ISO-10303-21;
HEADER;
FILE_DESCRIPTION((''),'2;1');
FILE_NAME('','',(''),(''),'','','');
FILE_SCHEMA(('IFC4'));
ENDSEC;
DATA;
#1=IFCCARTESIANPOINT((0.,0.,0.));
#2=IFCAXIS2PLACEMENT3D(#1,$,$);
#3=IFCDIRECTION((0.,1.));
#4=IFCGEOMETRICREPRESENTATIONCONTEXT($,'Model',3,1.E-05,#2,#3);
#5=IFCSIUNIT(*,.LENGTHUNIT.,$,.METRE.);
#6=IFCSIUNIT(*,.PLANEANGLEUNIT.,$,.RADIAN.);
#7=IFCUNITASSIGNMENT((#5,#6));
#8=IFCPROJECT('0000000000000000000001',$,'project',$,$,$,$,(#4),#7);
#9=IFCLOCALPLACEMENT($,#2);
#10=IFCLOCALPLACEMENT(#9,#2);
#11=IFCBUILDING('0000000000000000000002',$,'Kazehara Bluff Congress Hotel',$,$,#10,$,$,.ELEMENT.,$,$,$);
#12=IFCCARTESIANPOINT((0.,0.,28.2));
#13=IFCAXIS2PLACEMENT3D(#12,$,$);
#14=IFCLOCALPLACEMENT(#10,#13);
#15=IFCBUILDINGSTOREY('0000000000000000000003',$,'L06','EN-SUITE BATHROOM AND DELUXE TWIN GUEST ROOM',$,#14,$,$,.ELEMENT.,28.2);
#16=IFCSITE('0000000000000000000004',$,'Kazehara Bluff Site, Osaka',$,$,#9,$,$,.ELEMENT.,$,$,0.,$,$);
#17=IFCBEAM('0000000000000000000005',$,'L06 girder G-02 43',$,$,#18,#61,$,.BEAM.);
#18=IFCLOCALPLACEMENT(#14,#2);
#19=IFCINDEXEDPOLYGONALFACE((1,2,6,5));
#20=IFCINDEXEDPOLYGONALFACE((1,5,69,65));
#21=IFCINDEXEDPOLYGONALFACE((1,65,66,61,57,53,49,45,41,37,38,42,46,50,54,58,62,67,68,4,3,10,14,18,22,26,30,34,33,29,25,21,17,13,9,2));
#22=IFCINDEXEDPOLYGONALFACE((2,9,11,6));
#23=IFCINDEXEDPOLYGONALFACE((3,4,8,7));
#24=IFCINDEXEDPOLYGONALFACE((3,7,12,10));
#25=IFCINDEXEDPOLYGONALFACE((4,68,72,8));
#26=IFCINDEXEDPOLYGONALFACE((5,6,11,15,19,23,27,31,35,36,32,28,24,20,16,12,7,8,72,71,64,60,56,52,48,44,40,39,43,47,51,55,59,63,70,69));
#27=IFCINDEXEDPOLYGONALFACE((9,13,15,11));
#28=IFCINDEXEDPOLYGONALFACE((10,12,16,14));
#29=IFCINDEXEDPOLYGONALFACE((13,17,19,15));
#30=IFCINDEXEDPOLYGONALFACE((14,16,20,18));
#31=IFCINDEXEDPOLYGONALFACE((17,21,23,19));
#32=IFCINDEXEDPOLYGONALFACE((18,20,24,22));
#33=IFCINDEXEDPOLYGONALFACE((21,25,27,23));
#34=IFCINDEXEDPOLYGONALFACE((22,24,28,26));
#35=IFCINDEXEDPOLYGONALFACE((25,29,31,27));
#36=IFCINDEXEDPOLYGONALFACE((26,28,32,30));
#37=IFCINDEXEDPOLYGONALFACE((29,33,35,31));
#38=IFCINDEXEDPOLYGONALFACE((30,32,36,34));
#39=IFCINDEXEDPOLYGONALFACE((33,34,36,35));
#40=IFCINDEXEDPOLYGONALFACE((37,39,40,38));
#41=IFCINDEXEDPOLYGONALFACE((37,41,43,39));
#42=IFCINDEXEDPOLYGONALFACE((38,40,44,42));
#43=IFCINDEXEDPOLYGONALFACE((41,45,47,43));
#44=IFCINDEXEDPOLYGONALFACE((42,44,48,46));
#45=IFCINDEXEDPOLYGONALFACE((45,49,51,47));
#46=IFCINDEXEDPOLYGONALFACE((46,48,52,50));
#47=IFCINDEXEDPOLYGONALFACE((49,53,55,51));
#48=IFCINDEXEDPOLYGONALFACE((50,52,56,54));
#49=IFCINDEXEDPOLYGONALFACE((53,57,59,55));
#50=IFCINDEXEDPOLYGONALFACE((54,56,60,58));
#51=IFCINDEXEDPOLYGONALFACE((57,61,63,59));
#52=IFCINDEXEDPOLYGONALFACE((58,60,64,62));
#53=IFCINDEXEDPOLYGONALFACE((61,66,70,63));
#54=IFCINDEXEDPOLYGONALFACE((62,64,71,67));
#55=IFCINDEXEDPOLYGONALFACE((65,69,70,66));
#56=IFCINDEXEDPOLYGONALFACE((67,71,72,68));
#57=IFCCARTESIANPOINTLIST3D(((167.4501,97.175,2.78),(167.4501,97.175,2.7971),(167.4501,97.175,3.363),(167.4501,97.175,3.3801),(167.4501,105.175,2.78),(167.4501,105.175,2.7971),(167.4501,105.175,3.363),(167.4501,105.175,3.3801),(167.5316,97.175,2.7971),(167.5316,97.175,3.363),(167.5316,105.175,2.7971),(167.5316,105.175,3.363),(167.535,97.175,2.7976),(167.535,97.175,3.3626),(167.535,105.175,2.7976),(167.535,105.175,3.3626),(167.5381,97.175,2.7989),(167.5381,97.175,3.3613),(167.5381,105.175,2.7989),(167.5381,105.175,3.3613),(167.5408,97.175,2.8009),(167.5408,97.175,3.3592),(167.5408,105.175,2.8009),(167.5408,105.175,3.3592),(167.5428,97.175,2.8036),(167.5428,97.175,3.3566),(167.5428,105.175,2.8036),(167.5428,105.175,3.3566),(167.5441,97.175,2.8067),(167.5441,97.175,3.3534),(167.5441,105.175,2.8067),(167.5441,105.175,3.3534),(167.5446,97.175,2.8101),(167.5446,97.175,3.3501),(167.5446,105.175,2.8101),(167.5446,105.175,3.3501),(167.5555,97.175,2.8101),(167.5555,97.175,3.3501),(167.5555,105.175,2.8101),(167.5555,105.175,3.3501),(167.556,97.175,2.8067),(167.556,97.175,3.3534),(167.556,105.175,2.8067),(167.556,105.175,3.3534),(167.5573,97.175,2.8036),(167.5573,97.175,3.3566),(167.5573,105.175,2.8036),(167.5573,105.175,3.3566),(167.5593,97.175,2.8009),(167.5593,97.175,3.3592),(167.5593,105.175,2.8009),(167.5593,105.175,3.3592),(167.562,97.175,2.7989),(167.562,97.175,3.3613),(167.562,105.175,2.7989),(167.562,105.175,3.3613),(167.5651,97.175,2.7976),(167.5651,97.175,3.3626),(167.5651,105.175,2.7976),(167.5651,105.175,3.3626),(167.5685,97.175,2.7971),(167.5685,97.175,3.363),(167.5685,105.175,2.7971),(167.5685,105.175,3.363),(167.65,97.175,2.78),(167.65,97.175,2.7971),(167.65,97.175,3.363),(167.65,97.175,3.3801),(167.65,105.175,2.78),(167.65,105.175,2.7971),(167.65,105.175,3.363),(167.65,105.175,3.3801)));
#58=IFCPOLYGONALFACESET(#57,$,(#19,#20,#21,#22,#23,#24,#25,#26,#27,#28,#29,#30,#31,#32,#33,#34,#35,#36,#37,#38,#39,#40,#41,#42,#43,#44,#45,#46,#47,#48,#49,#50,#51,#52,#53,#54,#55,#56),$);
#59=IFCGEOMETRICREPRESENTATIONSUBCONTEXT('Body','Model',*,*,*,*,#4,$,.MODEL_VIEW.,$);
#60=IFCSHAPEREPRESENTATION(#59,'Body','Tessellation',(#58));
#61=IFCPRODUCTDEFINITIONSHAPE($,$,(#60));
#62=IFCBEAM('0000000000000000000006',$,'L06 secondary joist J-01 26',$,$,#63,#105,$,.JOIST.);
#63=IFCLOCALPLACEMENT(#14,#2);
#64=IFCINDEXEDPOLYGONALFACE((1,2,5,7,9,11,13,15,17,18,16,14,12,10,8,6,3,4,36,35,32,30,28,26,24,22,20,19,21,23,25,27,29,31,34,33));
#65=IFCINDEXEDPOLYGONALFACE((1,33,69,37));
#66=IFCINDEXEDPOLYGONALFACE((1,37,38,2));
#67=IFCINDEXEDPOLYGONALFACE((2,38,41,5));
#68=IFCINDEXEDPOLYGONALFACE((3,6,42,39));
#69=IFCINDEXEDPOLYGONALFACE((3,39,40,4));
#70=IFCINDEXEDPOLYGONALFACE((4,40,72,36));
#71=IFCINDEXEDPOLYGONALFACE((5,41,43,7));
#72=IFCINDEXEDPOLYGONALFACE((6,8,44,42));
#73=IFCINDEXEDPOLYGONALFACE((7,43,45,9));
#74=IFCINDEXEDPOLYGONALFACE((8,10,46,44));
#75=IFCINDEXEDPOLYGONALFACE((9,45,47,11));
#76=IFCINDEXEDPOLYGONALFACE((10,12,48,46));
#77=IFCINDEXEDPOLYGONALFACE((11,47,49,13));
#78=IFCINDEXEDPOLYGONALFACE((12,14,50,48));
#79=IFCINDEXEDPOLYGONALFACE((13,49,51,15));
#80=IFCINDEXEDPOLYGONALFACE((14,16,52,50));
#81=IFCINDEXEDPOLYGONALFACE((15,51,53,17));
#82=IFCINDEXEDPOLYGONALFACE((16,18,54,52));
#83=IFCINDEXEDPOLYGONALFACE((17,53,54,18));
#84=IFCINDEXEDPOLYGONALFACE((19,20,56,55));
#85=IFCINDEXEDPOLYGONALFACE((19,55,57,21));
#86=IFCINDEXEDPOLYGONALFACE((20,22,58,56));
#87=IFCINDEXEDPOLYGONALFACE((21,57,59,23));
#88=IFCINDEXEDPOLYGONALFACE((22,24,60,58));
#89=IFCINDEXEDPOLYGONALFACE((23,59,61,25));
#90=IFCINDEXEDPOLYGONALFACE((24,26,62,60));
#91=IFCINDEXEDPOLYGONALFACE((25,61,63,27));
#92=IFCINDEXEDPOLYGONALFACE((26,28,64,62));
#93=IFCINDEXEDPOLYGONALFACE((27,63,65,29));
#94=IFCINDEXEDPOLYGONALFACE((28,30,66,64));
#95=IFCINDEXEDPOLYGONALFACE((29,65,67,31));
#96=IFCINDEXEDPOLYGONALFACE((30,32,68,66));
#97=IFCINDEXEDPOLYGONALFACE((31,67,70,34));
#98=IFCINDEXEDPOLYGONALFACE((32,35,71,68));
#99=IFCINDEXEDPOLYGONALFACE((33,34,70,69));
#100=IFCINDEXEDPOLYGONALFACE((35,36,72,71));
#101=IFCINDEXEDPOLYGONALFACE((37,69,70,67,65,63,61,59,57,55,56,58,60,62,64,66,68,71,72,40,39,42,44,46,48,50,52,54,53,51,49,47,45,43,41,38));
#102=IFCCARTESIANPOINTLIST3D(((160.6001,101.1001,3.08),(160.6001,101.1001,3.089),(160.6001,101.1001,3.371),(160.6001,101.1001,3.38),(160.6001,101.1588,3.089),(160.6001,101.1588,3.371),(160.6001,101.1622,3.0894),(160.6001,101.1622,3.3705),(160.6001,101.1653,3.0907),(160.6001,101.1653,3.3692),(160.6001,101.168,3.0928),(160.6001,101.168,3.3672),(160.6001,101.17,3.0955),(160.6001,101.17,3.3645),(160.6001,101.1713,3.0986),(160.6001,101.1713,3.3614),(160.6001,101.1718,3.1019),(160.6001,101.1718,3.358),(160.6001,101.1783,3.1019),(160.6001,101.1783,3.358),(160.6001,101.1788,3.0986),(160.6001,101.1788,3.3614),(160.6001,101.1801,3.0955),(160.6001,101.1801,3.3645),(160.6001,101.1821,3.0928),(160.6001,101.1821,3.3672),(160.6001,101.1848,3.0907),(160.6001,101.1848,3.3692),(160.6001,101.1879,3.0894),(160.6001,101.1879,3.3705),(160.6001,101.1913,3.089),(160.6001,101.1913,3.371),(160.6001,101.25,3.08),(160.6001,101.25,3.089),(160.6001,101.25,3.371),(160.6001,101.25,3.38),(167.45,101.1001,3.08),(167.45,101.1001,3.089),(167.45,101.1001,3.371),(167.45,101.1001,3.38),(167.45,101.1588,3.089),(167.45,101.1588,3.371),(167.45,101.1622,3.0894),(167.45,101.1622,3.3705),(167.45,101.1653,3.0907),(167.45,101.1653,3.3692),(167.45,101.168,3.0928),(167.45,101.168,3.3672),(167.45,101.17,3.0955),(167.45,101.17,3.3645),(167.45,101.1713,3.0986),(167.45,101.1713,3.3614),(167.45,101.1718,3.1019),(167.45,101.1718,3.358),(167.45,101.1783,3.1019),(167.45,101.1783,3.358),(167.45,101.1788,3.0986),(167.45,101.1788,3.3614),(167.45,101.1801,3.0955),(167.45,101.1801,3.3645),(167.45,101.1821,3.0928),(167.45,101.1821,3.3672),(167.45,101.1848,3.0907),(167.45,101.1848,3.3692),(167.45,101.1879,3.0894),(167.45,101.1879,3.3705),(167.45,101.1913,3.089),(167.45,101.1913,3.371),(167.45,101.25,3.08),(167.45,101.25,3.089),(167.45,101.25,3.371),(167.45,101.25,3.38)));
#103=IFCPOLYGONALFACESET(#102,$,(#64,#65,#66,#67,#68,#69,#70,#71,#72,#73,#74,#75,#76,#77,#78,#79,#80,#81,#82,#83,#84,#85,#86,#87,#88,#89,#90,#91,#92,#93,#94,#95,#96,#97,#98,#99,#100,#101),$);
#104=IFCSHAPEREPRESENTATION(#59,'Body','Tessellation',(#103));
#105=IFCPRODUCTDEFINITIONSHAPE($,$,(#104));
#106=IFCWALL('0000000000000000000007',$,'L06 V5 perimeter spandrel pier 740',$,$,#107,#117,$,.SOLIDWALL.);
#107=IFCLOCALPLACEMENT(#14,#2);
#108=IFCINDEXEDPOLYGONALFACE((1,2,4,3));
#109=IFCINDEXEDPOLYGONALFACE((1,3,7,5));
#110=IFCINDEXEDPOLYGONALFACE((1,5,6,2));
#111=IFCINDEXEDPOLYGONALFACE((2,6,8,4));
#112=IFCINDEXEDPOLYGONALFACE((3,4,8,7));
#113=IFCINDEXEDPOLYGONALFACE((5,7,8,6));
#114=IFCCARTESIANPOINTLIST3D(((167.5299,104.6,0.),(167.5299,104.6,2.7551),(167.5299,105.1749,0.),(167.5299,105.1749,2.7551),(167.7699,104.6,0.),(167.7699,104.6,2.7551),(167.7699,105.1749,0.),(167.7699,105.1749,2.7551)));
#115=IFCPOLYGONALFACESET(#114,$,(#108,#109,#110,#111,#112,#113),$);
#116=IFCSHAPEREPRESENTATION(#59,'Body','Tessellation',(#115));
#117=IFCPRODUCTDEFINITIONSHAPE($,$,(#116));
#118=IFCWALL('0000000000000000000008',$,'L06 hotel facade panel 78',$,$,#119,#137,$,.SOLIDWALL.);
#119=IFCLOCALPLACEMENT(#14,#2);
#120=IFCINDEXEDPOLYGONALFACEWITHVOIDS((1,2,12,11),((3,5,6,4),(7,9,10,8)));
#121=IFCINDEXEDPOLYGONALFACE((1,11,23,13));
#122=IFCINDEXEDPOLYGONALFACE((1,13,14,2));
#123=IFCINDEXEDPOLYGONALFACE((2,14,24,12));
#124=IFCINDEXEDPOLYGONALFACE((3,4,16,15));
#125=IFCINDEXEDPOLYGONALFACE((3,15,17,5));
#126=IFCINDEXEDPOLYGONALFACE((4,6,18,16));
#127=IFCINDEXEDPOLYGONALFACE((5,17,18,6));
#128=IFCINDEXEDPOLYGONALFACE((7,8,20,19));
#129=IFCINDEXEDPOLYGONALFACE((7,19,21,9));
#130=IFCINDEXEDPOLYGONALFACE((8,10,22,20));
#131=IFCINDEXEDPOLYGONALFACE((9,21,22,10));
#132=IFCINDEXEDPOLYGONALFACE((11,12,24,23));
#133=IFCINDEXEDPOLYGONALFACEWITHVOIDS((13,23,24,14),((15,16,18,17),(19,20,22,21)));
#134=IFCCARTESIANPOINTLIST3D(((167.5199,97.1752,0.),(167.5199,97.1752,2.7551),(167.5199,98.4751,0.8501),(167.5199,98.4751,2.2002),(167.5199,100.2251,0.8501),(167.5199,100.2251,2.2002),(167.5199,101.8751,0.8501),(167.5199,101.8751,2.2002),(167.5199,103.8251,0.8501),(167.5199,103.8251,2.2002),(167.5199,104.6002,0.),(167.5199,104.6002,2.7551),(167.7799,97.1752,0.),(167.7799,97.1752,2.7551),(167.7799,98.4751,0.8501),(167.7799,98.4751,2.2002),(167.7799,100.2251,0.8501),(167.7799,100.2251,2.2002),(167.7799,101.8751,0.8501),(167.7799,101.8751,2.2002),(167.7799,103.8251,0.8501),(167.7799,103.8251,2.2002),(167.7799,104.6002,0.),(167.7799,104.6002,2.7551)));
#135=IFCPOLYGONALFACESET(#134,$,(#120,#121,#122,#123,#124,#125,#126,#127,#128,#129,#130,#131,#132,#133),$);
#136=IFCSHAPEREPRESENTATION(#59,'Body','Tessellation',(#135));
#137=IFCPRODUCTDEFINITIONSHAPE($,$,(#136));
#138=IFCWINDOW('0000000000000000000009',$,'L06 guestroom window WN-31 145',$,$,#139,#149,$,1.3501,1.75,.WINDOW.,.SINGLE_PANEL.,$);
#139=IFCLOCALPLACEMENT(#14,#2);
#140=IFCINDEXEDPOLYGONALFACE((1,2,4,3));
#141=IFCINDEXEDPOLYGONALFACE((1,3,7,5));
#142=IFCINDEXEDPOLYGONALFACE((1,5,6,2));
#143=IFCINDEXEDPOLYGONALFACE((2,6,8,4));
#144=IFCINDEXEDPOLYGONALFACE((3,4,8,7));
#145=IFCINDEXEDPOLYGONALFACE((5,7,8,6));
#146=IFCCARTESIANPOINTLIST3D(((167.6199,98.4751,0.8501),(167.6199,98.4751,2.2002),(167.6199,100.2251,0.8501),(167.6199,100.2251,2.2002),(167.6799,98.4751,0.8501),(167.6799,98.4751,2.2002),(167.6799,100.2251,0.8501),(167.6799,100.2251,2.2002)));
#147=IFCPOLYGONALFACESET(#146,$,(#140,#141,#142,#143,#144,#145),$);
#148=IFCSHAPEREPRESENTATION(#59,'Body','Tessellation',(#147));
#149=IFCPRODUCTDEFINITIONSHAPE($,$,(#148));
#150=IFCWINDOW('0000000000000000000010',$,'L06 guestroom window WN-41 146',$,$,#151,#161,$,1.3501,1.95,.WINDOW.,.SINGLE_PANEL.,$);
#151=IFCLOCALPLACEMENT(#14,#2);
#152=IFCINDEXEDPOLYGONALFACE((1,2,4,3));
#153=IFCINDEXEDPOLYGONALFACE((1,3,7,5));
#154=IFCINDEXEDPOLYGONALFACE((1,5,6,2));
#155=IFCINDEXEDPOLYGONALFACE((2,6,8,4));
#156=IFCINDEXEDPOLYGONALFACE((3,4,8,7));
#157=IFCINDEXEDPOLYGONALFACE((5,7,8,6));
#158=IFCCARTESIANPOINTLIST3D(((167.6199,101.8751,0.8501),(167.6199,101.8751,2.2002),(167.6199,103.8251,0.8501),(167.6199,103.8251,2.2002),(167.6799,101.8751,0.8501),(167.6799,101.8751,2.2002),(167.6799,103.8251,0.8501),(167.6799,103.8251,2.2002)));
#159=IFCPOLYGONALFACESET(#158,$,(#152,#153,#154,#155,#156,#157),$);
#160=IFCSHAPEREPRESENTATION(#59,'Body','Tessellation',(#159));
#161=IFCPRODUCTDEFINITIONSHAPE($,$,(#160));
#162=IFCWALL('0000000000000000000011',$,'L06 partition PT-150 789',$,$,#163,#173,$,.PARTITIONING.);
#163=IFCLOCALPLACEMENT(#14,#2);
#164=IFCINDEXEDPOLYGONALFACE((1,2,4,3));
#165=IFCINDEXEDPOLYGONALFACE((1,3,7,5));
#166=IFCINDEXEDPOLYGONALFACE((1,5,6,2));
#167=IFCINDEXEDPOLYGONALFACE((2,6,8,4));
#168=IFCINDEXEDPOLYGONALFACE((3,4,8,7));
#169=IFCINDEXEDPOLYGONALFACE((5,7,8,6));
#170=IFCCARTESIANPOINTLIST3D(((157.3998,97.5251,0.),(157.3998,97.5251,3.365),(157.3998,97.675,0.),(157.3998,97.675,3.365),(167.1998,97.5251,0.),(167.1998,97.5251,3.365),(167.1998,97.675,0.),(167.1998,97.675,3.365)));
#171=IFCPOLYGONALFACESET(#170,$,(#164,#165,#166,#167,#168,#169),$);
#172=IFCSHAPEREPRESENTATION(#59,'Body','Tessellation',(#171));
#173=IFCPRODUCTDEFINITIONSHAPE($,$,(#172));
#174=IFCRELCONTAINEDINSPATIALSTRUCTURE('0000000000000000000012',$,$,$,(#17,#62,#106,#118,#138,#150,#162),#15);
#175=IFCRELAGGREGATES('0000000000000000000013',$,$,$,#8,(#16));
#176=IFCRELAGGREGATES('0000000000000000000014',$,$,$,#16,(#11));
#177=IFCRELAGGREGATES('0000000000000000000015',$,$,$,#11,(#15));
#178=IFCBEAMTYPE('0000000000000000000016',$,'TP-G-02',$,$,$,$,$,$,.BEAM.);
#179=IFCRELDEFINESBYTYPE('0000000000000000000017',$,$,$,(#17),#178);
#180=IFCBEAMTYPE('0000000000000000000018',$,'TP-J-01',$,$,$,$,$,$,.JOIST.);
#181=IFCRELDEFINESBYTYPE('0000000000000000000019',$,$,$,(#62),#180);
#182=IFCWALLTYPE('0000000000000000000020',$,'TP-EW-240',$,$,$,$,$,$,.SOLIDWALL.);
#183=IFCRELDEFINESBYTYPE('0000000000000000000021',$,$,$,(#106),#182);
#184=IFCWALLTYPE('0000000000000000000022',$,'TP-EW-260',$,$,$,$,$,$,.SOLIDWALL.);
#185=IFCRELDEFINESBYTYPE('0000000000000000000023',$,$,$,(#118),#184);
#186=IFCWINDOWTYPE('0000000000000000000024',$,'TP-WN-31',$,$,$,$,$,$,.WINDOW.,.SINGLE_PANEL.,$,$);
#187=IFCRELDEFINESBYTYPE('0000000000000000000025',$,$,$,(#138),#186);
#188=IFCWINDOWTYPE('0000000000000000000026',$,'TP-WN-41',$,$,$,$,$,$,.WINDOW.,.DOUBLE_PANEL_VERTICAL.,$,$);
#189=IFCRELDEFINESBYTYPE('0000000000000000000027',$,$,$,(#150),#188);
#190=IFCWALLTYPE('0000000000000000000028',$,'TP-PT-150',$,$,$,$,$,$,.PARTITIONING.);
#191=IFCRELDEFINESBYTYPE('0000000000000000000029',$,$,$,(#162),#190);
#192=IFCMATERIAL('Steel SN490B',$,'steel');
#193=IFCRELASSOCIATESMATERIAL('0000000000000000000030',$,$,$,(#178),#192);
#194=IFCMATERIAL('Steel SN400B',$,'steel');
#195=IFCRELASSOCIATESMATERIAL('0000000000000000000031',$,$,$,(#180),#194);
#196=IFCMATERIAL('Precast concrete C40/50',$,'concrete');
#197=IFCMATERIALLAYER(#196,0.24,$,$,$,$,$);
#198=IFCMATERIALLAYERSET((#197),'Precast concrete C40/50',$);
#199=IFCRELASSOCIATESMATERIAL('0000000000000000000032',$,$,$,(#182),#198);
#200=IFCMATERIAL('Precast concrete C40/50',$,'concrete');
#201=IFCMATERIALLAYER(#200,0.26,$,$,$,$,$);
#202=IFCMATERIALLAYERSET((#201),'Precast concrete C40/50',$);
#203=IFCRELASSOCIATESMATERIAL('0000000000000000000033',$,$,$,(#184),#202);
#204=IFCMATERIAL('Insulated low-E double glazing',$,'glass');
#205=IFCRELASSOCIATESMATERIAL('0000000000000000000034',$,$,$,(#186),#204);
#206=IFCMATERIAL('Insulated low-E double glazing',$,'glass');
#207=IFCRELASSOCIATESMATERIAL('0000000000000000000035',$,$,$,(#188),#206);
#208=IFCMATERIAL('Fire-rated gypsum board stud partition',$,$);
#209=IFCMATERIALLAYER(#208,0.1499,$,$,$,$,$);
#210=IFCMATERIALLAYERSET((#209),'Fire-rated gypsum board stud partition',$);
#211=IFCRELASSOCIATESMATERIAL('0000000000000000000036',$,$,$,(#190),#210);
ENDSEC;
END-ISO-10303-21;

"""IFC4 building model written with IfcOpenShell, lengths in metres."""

from ifc_helpers import new_model, si_unit, direction, frame, frame_2d, origin, origin_2d, place, context, subcontext, project, spatial, rectangle, i_section, extrude, material, layer, layer_set, material_profile, profile_set, type_object, element, fill, save


model = new_model("IFC4")

# Units and contexts
model_context = context("Model", 3, precision=1e-05, world=origin(), true_north=direction((0.0, 1.0)))
body_context = subcontext(model_context, "Body", "Model", "MODEL_VIEW")
ifc_project = project(units=[si_unit("LENGTHUNIT", "METRE"), si_unit("PLANEANGLEUNIT", "RADIAN")], contexts=[model_context])

# Site, building, storey
site_placement = place(None, origin())
site = spatial("IfcSite", under=ifc_project, at=site_placement, Name="Kazehara Bluff Site, Osaka", CompositionType="ELEMENT", RefElevation=0.0)
building_placement = place(site_placement, origin())
building = spatial("IfcBuilding", under=site, at=building_placement, Name="Kazehara Bluff Congress Hotel", CompositionType="ELEMENT")
storey_placement = place(building_placement, frame((0.0, 0.0, 28.2)))
storey = spatial("IfcBuildingStorey", under=building, at=storey_placement, Name="L06", Description="EN-SUITE BATHROOM AND DELUXE TWIN GUEST ROOM", CompositionType="ELEMENT", Elevation=28.2)

# Beams
ifc_material_1 = material(Name="Steel SN490B", Category="steel")
ifc_material_profile_1 = material_profile(ifc_material_1, i_section(OverallWidth=0.2, OverallDepth=0.6001, WebThickness=0.011, FlangeThickness=0.0171, FilletRadius=0.0129, at=origin_2d()))
ifc_profile_set_1 = profile_set([ifc_material_profile_1], Name="Steel SN490B")
beam_type_1 = type_object("IfcBeamType", Name="TP-G-02", PredefinedType="BEAM", material=ifc_profile_set_1)
for number, where, z_axis, x_axis, name in (
    (1, (167.55, 97.175, 3.0801), (0.0, 1.0, 0.0), (-1.0, 0.0, 0.0), "L06 girder G-02 43"),
):
    element("IfcBeam", number, at=place(storey_placement, frame(where, z_axis=z_axis, x_axis=x_axis)), inside=storey, type_object=beam_type_1, Name=name, PredefinedType="BEAM", context=body_context, shape_type="SweptSolid", body=[
        extrude(i_section(OverallWidth=0.2, OverallDepth=0.6001, WebThickness=0.011, FlangeThickness=0.0171, FilletRadius=0.0129, at=origin_2d()), origin(), (0.0, 0.0, 1.0), 8.0),
    ])
ifc_material_2 = material(Name="Steel SN400B", Category="steel")
ifc_material_profile_2 = material_profile(ifc_material_2, i_section(OverallWidth=0.1499, OverallDepth=0.3, WebThickness=0.0066, FlangeThickness=0.009, FilletRadius=0.0129, at=origin_2d()))
ifc_profile_set_2 = profile_set([ifc_material_profile_2], Name="Steel SN400B")
beam_type_2 = type_object("IfcBeamType", Name="TP-J-01", PredefinedType="JOIST", material=ifc_profile_set_2)
beam_1_placement = place(storey_placement, frame((160.6001, 101.175, 3.23), z_axis=(1.0, 0.0, 0.0), x_axis=(0.0, 1.0, 0.0)))
element("IfcBeam", 2, at=beam_1_placement, inside=storey, type_object=beam_type_2, Name="L06 secondary joist J-01 26", PredefinedType="JOIST", context=body_context, shape_type="SweptSolid", body=[
    extrude(i_section(OverallWidth=0.1499, OverallDepth=0.3, WebThickness=0.0066, FlangeThickness=0.009, FilletRadius=0.0129, at=origin_2d()), origin(), (0.0, 0.0, 1.0), 6.8499),
])

# Wall
ifc_material_3 = material(Name="Precast concrete C40/50", Category="concrete")
ifc_layer_1 = layer(ifc_material_3, 0.24)
ifc_layer_set_1 = layer_set([ifc_layer_1], Name="Precast concrete C40/50")
wall_type_1 = type_object("IfcWallType", Name="TP-EW-240", PredefinedType="SOLIDWALL", material=ifc_layer_set_1)
wall_1_placement = place(storey_placement, frame((167.6499, 105.175, 0.0), z_axis=(0.0, 0.0, 1.0), x_axis=(0.0, -1.0, 0.0)))
element("IfcWall", 3, at=wall_1_placement, inside=storey, type_object=wall_type_1, Name="L06 V5 perimeter spandrel pier 740", PredefinedType="SOLIDWALL", context=body_context, shape_type="SweptSolid", body=[
    extrude(rectangle(XDim=0.575, YDim=0.24, at=frame_2d((0.2876, 0.0))), origin(), (0.0, 0.0, 1.0), 2.7551),
])

# Wall, openings, windows
ifc_material_4 = material(Name="Precast concrete C40/50", Category="concrete")
ifc_layer_2 = layer(ifc_material_4, 0.26)
ifc_layer_set_2 = layer_set([ifc_layer_2], Name="Precast concrete C40/50")
wall_type_2 = type_object("IfcWallType", Name="TP-EW-260", PredefinedType="SOLIDWALL", material=ifc_layer_set_2)
wall_2_placement = place(storey_placement, frame((167.6499, 104.6001, 0.0), z_axis=(0.0, 0.0, 1.0), x_axis=(0.0, -1.0, 0.0)))
wall_2 = element("IfcWall", 4, at=wall_2_placement, inside=storey, type_object=wall_type_2, Name="L06 hotel facade panel 78", PredefinedType="SOLIDWALL", context=body_context, shape_type="SweptSolid", body=[
    extrude(rectangle(XDim=7.425, YDim=0.26, at=frame_2d((3.7124, 0.0))), origin(), (0.0, 0.0, 1.0), 2.7551),
])
opening_1_placement = place(wall_2_placement, frame((4.375, 0.0, 0.8501)))
opening_1 = element("IfcOpeningElement", 5, at=opening_1_placement, cuts=wall_2, PredefinedType="OPENING", context=body_context, shape_type="SweptSolid", body=[
    extrude(rectangle(XDim=1.75, YDim=1.3501, at=frame_2d((0.875, 0.675))), frame((0.0, 0.1399, 0.0), z_axis=(0.0, -1.0, 0.0), x_axis=(1.0, 0.0, 0.0)), (0.0, 0.0, 1.0), 0.28),
])
opening_2_placement = place(wall_2_placement, frame((0.7749, 0.0, 0.8501)))
opening_2 = element("IfcOpeningElement", 6, at=opening_2_placement, cuts=wall_2, PredefinedType="OPENING", context=body_context, shape_type="SweptSolid", body=[
    extrude(rectangle(XDim=1.95, YDim=1.3501, at=frame_2d((0.9751, 0.675))), frame((0.0, 0.1399, 0.0), z_axis=(0.0, -1.0, 0.0), x_axis=(1.0, 0.0, 0.0)), (0.0, 0.0, 1.0), 0.28),
])
ifc_material_5 = material(Name="Insulated low-E double glazing", Category="glass")
window_type_1 = type_object("IfcWindowType", Name="TP-WN-31", PartitioningType="SINGLE_PANEL", PredefinedType="WINDOW", material=ifc_material_5)
window_1_placement = place(opening_1_placement, origin())
window_1 = element("IfcWindow", 7, at=window_1_placement, inside=storey, type_object=window_type_1, Name="L06 guestroom window WN-31 145", OverallHeight=1.3501, OverallWidth=1.75, PartitioningType="SINGLE_PANEL", PredefinedType="WINDOW", context=body_context, shape_type="SweptSolid", body=[
    extrude(rectangle(XDim=1.75, YDim=1.3501, at=frame_2d((0.875, 0.675))), frame((0.0, 0.03, 0.0), z_axis=(0.0, -1.0, 0.0), x_axis=(1.0, 0.0, 0.0)), (0.0, 0.0, 1.0), 0.0601),
])
fill(opening_1, window_1)
ifc_material_6 = material(Name="Insulated low-E double glazing", Category="glass")
window_type_2 = type_object("IfcWindowType", Name="TP-WN-41", PartitioningType="DOUBLE_PANEL_VERTICAL", PredefinedType="WINDOW", material=ifc_material_6)
window_2_placement = place(opening_2_placement, origin())
window_2 = element("IfcWindow", 8, at=window_2_placement, inside=storey, type_object=window_type_2, Name="L06 guestroom window WN-41 146", OverallHeight=1.3501, OverallWidth=1.95, PartitioningType="SINGLE_PANEL", PredefinedType="WINDOW", context=body_context, shape_type="SweptSolid", body=[
    extrude(rectangle(XDim=1.95, YDim=1.3501, at=frame_2d((0.9751, 0.675))), frame((0.0, 0.03, 0.0), z_axis=(0.0, -1.0, 0.0), x_axis=(1.0, 0.0, 0.0)), (0.0, 0.0, 1.0), 0.0601),
])
fill(opening_2, window_2)

# Wall
ifc_material_7 = material(Name="Fire-rated gypsum board stud partition")
ifc_layer_3 = layer(ifc_material_7, 0.1499)
ifc_layer_set_3 = layer_set([ifc_layer_3], Name="Fire-rated gypsum board stud partition")
wall_type_3 = type_object("IfcWallType", Name="TP-PT-150", PredefinedType="PARTITIONING", material=ifc_layer_set_3)
wall_3_placement = place(storey_placement, frame((157.3999, 97.6001, 0.0), z_axis=(0.0, 0.0, 1.0), x_axis=(1.0, 0.0, 0.0)))
element("IfcWall", 9, at=wall_3_placement, inside=storey, type_object=wall_type_3, Name="L06 partition PT-150 789", PredefinedType="PARTITIONING", context=body_context, shape_type="SweptSolid", body=[
    extrude(rectangle(XDim=9.8, YDim=0.1499, at=frame_2d((4.8999, 0.0))), origin(), (0.0, 0.0, 1.0), 3.365),
])

save(model, "model.ifc")
